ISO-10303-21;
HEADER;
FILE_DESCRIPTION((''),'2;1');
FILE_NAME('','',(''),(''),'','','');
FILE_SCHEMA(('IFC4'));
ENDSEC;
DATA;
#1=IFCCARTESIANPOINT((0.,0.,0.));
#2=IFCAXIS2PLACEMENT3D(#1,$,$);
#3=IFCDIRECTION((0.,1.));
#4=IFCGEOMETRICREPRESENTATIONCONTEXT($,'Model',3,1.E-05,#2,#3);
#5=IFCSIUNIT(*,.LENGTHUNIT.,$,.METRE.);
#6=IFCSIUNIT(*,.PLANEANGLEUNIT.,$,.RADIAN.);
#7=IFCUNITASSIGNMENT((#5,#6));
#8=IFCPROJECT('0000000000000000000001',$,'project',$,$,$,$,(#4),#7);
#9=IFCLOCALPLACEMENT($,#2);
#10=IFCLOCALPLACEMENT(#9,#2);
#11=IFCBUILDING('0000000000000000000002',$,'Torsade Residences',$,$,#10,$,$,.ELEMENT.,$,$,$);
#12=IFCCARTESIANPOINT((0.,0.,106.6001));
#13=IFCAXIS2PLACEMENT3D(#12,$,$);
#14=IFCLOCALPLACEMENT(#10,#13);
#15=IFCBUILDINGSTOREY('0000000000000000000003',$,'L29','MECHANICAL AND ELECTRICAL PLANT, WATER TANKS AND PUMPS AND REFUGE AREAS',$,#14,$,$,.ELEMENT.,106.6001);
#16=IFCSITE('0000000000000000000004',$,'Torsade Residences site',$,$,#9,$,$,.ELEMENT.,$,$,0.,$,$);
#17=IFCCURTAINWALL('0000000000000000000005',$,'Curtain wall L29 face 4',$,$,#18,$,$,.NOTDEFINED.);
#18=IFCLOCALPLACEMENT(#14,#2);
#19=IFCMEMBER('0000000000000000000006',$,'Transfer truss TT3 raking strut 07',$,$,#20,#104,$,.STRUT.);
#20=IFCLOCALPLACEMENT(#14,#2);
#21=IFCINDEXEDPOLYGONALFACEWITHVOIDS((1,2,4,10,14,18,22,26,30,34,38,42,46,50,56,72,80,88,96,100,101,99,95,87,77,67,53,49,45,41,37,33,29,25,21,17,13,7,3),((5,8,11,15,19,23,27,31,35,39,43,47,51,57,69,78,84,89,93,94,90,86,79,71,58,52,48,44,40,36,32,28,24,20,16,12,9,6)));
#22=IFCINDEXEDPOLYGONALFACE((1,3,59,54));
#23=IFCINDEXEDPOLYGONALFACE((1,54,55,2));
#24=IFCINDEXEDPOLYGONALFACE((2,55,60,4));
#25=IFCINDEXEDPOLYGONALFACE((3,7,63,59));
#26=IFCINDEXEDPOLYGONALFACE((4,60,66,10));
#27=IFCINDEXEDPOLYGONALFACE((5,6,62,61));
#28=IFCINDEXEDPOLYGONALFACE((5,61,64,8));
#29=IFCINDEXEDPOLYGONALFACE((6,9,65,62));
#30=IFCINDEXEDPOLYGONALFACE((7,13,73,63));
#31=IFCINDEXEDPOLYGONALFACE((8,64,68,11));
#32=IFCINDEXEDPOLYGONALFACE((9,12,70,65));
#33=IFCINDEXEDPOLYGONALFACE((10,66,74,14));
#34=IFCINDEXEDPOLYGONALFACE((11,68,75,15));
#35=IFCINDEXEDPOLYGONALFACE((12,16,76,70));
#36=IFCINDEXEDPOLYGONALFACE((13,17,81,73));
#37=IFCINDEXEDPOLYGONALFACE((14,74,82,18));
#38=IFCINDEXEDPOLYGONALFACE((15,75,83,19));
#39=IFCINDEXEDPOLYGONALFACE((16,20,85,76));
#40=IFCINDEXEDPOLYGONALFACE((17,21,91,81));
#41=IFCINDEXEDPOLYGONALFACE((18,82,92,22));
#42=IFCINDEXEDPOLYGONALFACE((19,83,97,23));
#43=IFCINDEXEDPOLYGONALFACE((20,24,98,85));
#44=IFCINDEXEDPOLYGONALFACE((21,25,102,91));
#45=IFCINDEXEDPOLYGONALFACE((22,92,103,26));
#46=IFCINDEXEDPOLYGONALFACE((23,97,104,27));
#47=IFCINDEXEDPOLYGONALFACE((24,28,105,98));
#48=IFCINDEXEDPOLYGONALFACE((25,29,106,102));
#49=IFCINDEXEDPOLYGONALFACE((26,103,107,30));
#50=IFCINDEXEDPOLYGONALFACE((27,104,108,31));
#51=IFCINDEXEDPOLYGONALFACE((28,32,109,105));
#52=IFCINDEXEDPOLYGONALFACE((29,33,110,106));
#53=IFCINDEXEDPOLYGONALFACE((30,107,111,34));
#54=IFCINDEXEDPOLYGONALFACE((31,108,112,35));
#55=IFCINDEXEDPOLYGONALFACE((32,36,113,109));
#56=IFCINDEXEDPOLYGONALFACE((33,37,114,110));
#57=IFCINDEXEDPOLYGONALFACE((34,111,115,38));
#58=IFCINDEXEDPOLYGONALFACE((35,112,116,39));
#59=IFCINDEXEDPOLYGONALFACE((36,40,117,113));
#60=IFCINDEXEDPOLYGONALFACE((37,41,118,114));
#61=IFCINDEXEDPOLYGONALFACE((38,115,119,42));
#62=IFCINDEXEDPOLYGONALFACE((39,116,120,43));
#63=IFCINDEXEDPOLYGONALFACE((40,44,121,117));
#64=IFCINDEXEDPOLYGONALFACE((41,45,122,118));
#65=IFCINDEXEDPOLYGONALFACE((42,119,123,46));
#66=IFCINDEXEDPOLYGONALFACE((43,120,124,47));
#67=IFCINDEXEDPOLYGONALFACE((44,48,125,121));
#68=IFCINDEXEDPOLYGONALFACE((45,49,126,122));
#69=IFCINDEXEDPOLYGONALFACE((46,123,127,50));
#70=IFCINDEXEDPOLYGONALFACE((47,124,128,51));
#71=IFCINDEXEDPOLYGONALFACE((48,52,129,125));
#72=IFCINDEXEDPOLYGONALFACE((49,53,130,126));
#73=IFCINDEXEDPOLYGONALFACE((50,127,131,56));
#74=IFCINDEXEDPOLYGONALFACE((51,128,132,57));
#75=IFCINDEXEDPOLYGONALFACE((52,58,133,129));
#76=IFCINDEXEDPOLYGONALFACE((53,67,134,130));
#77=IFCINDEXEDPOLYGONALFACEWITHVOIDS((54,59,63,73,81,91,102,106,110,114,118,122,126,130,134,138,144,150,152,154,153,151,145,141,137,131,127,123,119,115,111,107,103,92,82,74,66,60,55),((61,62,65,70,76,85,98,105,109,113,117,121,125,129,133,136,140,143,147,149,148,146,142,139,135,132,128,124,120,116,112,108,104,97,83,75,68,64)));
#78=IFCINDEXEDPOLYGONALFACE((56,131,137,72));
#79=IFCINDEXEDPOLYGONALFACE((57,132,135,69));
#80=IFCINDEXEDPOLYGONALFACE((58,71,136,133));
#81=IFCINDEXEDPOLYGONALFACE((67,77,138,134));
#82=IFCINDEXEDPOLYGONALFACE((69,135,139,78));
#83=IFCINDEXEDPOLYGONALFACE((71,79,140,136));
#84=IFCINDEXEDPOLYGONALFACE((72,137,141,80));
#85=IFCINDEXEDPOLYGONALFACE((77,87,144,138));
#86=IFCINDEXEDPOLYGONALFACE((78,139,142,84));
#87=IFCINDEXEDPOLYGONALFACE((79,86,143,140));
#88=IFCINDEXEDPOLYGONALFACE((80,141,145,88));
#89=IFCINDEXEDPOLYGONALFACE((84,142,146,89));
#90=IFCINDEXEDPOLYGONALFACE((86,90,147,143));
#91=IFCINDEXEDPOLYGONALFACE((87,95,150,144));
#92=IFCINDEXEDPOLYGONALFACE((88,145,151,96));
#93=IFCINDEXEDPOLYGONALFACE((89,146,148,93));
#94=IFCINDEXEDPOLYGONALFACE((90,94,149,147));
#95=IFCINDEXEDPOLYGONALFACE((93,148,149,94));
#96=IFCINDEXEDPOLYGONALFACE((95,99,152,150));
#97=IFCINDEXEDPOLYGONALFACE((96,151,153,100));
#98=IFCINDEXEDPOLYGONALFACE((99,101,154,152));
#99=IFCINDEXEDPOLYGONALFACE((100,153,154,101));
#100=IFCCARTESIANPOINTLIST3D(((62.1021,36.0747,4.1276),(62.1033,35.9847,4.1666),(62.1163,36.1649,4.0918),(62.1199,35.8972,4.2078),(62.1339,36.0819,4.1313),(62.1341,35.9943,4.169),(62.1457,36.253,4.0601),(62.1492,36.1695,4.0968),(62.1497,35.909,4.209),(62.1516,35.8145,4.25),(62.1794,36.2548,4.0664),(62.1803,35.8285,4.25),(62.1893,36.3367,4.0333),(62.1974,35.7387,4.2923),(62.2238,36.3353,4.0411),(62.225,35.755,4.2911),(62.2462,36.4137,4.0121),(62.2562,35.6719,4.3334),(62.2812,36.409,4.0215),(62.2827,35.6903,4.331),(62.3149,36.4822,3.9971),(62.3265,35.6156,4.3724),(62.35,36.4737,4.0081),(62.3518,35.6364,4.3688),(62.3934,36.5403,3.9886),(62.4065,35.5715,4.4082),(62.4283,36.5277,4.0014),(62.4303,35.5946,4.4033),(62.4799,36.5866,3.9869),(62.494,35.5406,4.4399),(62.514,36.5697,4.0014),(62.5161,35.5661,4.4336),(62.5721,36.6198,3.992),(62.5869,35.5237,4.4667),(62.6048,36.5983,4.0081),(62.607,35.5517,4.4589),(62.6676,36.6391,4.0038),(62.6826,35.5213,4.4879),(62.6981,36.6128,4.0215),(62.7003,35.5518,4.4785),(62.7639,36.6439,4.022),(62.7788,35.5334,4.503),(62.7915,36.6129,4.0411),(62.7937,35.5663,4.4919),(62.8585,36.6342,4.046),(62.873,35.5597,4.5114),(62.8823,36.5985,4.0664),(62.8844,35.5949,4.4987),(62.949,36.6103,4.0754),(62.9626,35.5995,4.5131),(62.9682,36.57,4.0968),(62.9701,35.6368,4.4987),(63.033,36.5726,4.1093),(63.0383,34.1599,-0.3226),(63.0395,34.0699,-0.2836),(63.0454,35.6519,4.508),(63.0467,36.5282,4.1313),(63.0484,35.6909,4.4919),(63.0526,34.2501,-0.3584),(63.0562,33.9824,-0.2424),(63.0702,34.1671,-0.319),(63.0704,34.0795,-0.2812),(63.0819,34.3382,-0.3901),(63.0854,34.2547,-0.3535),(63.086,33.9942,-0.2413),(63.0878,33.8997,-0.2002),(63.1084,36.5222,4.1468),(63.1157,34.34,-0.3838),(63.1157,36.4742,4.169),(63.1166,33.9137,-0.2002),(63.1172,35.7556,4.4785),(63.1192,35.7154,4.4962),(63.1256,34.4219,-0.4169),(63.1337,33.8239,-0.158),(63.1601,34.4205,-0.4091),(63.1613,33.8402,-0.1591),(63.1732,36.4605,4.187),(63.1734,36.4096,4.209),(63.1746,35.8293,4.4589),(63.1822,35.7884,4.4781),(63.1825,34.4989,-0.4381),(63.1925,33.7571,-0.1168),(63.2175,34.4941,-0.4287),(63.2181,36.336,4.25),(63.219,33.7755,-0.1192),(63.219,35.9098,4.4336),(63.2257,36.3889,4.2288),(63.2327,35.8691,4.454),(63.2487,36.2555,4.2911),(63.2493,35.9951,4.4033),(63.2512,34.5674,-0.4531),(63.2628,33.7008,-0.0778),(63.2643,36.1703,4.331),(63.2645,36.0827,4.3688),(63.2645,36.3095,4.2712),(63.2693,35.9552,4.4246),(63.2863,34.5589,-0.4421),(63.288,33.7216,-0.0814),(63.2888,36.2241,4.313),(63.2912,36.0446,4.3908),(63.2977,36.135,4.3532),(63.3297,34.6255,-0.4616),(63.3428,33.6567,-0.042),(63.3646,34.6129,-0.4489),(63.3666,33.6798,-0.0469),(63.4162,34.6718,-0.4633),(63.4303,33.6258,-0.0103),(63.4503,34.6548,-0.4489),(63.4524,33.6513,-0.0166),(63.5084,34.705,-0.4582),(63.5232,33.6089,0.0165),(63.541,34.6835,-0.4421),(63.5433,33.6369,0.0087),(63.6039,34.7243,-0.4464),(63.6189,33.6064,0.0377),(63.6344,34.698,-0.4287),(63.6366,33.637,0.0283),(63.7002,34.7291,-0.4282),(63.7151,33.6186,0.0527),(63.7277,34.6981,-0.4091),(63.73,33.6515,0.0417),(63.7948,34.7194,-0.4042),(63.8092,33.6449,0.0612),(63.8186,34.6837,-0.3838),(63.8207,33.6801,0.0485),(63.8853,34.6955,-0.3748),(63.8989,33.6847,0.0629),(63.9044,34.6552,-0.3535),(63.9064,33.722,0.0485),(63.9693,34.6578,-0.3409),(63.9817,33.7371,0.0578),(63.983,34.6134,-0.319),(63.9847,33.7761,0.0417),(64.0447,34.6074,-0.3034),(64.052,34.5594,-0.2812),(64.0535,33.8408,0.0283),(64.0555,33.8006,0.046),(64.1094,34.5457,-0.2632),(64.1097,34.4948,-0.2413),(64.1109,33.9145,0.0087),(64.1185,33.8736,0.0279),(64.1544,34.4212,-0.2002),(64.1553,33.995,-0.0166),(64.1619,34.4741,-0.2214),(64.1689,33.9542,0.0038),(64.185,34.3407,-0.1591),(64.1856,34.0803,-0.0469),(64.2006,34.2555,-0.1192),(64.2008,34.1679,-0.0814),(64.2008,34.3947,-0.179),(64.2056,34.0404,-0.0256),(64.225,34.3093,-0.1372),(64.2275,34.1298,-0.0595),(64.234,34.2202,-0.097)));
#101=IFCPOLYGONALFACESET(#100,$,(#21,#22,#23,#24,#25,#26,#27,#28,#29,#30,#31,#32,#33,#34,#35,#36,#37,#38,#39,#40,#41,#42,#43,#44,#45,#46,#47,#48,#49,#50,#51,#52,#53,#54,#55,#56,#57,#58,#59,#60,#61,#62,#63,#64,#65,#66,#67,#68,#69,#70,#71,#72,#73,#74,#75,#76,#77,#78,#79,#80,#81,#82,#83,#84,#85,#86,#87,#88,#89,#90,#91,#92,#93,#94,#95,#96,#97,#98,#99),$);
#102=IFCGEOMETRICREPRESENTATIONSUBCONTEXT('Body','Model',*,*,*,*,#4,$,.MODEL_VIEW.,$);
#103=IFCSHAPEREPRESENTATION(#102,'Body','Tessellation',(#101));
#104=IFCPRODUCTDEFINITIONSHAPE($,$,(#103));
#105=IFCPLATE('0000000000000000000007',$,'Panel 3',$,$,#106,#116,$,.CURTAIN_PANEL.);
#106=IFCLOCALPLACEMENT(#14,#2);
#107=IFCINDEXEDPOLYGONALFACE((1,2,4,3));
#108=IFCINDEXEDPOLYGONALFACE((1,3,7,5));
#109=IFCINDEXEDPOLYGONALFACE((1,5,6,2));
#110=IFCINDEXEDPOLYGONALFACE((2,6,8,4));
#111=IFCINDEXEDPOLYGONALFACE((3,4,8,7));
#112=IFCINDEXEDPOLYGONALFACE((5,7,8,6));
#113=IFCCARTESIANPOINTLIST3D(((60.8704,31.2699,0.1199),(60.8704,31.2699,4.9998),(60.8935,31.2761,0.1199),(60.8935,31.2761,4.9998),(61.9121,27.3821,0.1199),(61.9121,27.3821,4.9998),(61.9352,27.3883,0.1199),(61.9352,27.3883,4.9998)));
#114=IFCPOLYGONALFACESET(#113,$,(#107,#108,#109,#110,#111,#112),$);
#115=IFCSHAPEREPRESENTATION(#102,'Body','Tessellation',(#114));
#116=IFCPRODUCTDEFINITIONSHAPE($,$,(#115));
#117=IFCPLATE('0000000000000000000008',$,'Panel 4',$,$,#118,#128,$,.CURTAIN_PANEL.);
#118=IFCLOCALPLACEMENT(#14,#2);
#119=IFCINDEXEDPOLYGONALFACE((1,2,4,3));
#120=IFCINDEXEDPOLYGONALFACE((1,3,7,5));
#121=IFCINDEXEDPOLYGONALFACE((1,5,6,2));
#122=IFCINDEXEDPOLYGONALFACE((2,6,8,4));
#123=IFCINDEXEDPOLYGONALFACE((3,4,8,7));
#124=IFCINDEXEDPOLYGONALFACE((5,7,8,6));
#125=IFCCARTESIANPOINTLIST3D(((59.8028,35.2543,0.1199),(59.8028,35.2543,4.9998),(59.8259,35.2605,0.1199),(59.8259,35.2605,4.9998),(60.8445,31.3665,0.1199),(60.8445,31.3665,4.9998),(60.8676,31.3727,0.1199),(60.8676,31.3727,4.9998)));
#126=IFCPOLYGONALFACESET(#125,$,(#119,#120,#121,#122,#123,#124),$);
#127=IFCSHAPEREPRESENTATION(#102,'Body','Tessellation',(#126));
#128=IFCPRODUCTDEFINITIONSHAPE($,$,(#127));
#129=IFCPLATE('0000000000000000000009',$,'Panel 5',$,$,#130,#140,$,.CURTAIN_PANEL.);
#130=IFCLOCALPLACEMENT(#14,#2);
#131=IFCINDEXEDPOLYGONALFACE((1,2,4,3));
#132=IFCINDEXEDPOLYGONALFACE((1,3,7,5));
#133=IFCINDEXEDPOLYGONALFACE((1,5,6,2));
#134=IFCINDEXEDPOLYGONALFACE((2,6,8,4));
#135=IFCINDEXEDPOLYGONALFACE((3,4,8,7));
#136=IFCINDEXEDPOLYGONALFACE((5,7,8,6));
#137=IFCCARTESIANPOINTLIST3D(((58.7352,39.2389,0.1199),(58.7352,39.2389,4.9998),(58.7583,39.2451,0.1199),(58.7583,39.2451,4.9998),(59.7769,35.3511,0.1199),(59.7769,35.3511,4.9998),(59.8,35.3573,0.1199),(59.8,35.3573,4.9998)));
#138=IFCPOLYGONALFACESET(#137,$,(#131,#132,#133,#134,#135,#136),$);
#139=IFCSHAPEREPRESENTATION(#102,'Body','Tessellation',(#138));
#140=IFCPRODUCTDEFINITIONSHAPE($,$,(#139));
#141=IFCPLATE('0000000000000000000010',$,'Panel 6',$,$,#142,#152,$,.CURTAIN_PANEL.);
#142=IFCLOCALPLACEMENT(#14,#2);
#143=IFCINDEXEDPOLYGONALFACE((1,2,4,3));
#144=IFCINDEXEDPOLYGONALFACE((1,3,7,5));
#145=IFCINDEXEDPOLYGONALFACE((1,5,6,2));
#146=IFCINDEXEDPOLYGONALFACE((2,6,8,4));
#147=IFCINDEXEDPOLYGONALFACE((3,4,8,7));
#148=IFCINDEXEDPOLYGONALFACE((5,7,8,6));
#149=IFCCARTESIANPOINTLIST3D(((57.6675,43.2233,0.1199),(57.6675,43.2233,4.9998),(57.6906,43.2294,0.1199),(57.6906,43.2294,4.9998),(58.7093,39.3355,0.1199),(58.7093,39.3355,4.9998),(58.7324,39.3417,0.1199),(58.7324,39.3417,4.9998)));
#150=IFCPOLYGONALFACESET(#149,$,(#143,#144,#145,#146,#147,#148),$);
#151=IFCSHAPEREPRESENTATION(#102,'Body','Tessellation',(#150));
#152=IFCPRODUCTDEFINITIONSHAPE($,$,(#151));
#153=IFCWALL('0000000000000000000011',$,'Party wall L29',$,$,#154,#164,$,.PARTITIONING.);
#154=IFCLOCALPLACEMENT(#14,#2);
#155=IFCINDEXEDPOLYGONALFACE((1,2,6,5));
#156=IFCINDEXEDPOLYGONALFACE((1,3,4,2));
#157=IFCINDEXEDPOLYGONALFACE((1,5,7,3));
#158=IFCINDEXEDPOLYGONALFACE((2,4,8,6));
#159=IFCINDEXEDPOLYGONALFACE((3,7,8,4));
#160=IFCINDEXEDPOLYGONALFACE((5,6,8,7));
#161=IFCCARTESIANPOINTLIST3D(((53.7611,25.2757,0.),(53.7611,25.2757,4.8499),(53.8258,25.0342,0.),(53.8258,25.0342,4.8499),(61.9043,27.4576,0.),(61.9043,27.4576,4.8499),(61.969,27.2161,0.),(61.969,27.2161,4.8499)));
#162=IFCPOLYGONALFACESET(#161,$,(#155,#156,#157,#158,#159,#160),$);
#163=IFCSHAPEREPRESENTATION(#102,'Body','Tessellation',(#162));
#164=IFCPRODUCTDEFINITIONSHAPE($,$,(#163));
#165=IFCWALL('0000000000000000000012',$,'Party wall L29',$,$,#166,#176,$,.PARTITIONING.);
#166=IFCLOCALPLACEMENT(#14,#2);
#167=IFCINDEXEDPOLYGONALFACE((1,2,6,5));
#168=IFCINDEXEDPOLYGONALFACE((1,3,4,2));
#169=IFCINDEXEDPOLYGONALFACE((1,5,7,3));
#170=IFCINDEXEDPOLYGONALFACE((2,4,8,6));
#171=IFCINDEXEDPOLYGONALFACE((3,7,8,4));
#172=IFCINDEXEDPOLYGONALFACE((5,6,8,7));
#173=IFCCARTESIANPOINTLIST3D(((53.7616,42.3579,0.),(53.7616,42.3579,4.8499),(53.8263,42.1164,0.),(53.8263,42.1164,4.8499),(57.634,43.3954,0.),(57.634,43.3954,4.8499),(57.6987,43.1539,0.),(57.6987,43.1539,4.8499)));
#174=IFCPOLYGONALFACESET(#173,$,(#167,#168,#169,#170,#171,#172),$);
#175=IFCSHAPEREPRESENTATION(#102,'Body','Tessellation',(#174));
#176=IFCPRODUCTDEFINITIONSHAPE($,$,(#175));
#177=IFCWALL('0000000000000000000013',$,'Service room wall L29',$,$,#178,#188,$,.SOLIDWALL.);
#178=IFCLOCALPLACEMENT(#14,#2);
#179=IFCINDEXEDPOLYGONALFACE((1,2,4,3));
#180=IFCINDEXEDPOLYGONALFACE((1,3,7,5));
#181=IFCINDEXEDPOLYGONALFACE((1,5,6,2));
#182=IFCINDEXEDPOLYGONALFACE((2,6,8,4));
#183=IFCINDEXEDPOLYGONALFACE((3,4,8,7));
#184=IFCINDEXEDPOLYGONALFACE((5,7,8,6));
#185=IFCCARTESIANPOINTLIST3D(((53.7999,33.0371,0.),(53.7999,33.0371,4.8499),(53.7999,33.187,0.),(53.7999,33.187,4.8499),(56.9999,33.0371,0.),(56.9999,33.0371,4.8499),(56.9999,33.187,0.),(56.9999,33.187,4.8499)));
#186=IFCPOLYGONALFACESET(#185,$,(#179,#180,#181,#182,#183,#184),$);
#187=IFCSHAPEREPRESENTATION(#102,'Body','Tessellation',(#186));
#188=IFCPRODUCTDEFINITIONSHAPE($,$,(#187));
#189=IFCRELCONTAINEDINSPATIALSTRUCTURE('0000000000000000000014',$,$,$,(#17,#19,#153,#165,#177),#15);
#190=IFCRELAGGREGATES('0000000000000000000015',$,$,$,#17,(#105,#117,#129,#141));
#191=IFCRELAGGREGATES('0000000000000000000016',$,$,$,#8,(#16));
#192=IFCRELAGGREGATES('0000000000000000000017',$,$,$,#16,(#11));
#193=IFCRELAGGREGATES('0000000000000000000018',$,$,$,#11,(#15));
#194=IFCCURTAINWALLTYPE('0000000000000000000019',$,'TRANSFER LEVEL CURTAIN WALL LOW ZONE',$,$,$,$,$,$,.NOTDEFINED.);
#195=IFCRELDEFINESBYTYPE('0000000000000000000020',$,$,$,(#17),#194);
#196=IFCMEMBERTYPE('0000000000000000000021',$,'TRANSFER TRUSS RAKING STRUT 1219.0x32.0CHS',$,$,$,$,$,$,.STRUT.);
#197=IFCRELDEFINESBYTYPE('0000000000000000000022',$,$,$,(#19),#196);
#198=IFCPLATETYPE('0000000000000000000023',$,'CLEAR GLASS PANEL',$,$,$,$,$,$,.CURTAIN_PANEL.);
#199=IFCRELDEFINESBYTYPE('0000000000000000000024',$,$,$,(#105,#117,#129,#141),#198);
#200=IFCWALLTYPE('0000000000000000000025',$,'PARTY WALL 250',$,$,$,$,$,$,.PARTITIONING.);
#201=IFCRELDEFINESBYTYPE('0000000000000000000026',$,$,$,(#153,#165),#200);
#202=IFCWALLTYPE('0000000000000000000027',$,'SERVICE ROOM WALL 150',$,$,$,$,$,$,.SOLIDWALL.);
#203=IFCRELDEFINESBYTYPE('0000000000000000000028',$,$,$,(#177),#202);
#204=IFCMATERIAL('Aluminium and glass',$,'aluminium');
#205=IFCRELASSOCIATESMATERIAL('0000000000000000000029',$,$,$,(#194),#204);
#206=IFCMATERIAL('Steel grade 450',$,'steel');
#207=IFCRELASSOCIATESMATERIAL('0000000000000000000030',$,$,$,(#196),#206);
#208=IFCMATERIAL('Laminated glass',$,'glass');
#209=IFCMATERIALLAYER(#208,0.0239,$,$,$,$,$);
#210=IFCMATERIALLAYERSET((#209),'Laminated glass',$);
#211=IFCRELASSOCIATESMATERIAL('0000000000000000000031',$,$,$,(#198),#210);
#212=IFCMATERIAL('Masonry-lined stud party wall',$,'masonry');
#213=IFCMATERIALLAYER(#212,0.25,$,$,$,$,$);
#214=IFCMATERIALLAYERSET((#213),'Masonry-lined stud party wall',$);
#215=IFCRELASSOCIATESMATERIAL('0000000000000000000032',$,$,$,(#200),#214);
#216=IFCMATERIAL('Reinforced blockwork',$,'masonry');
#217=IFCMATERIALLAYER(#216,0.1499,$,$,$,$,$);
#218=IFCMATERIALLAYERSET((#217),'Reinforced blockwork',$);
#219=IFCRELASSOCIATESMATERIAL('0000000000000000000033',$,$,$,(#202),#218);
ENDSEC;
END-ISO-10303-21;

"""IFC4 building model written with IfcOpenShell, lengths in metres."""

from ifc_helpers import new_model, si_unit, direction, frame, frame_2d, origin, origin_2d, place, context, subcontext, project, spatial, rectangle, hollow_circle, extrude, material, layer, layer_set, material_profile, profile_set, type_object, element, aggregate, save


model = new_model("IFC4")

# Units and contexts
model_context = context("Model", 3, precision=1e-05, world=origin(), true_north=direction((0.0, 1.0)))
body_context = subcontext(model_context, "Body", "Model", "MODEL_VIEW")
ifc_project = project(units=[si_unit("LENGTHUNIT", "METRE"), si_unit("PLANEANGLEUNIT", "RADIAN")], contexts=[model_context])

# Site, building, storey
site_placement = place(None, origin())
site = spatial("IfcSite", under=ifc_project, at=site_placement, Name="Torsade Residences site", CompositionType="ELEMENT", RefElevation=0.0)
building_placement = place(site_placement, origin())
building = spatial("IfcBuilding", under=site, at=building_placement, Name="Torsade Residences", CompositionType="ELEMENT")
storey_placement = place(building_placement, frame((0.0, 0.0, 106.6001)))
storey = spatial("IfcBuildingStorey", under=building, at=storey_placement, Name="L29", Description="MECHANICAL AND ELECTRICAL PLANT, WATER TANKS AND PUMPS AND REFUGE AREAS", CompositionType="ELEMENT", Elevation=106.6001)

# Curtain wall
ifc_material_1 = material(Name="Aluminium and glass", Category="aluminium")
curtain_wall_type = type_object("IfcCurtainWallType", Name="TRANSFER LEVEL CURTAIN WALL LOW ZONE", PredefinedType="NOTDEFINED", material=ifc_material_1)
curtain_wall_placement = place(storey_placement, origin())
curtain_wall = element("IfcCurtainWall", 1, at=curtain_wall_placement, inside=storey, type_object=curtain_wall_type, Name="Curtain wall L29 face 4", PredefinedType="NOTDEFINED")

# Member
ifc_material_2 = material(Name="Steel grade 450", Category="steel")
ifc_material_profile_1 = material_profile(ifc_material_2, hollow_circle(Radius=0.6096, WallThickness=0.032, at=origin_2d()), Name="1219.0x32.0CHS")
ifc_profile_set_1 = profile_set([ifc_material_profile_1], Name="Steel grade 450")
member_type_1 = type_object("IfcMemberType", Name="TRANSFER TRUSS RAKING STRUT 1219.0x32.0CHS", PredefinedType="STRUT", material=ifc_profile_set_1)
member_1_placement = place(storey_placement, frame((63.6355, 34.1675, -0.2002), z_axis=(-0.189749, 0.388058, 0.90189), x_axis=(-0.898355, -0.43927, 0.0)))
element("IfcMember", 2, at=member_1_placement, inside=storey, type_object=member_type_1, Name="Transfer truss TT3 raking strut 07", PredefinedType="STRUT", context=body_context, shape_type="SweptSolid", body=[
    extrude(hollow_circle(Radius=0.6096, WallThickness=0.032, at=origin_2d()), origin(), (0.0, 0.0, 1.0), 4.9343),
])

# Plates
ifc_material_3 = material(Name="Laminated glass", Category="glass")
ifc_layer_1 = layer(ifc_material_3, 0.0239)
ifc_layer_set_1 = layer_set([ifc_layer_1], Name="Laminated glass")
plate_type = type_object("IfcPlateType", Name="CLEAR GLASS PANEL", PredefinedType="CURTAIN_PANEL", material=ifc_layer_set_1)
plate_1_placement = place(storey_placement, frame((61.4028, 29.3291, 0.1199), z_axis=(0.0, 0.0, 1.0), x_axis=(-0.258819, 0.965926, 0.0)))
plate_1 = element("IfcPlate", 3, at=plate_1_placement, type_object=plate_type, Name="Panel 3", PredefinedType="CURTAIN_PANEL", context=body_context, shape_type="SweptSolid", body=[
    extrude(rectangle(XDim=4.0249, YDim=0.0239, at=origin_2d()), origin(), (0.0, 0.0, 1.0), 4.8799),
])
plate_2_placement = place(storey_placement, frame((60.3352, 33.3135, 0.1199), z_axis=(0.0, 0.0, 1.0), x_axis=(-0.258819, 0.965926, 0.0)))
plate_2 = element("IfcPlate", 4, at=plate_2_placement, type_object=plate_type, Name="Panel 4", PredefinedType="CURTAIN_PANEL", context=body_context, shape_type="SweptSolid", body=[
    extrude(rectangle(XDim=4.0249, YDim=0.0239, at=origin_2d()), origin(), (0.0, 0.0, 1.0), 4.8799),
])
plate_3_placement = place(storey_placement, frame((59.2676, 37.2981, 0.1199), z_axis=(0.0, 0.0, 1.0), x_axis=(-0.258819, 0.965926, 0.0)))
plate_3 = element("IfcPlate", 5, at=plate_3_placement, type_object=plate_type, Name="Panel 5", PredefinedType="CURTAIN_PANEL", context=body_context, shape_type="SweptSolid", body=[
    extrude(rectangle(XDim=4.0249, YDim=0.0239, at=origin_2d()), origin(), (0.0, 0.0, 1.0), 4.8799),
])
plate_4_placement = place(storey_placement, frame((58.2, 41.2825, 0.1199), z_axis=(0.0, 0.0, 1.0), x_axis=(-0.258819, 0.965926, 0.0)))
plate_4 = element("IfcPlate", 6, at=plate_4_placement, type_object=plate_type, Name="Panel 6", PredefinedType="CURTAIN_PANEL", context=body_context, shape_type="SweptSolid", body=[
    extrude(rectangle(XDim=4.0249, YDim=0.0239, at=origin_2d()), origin(), (0.0, 0.0, 1.0), 4.8799),
])
aggregate(curtain_wall, [plate_1, plate_2, plate_3, plate_4])

# Walls
ifc_material_4 = material(Name="Masonry-lined stud party wall", Category="masonry")
ifc_layer_2 = layer(ifc_material_4, 0.25)
ifc_layer_set_2 = layer_set([ifc_layer_2], Name="Masonry-lined stud party wall")
wall_type_1 = type_object("IfcWallType", Name="PARTY WALL 250", PredefinedType="PARTITIONING", material=ifc_layer_set_2)
wall_1_placement = place(storey_placement, frame((61.9368, 27.3369, 0.0), z_axis=(0.0, 0.0, 1.0), x_axis=(-0.965927, -0.258814, 0.0)))
element("IfcWall", 7, at=wall_1_placement, inside=storey, type_object=wall_type_1, Name="Party wall L29", PredefinedType="PARTITIONING", context=body_context, shape_type="SweptSolid", body=[
    extrude(rectangle(XDim=8.4304, YDim=0.25, at=frame_2d((4.2153, 0.0))), origin(), (0.0, 0.0, 1.0), 4.8499),
])
wall_2_placement = place(storey_placement, frame((57.6663, 43.2747, 0.0), z_axis=(0.0, 0.0, 1.0), x_axis=(-0.965929, -0.258807, 0.0)))
element("IfcWall", 8, at=wall_2_placement, inside=storey, type_object=wall_type_1, Name="Party wall L29", PredefinedType="PARTITIONING", context=body_context, shape_type="SweptSolid", body=[
    extrude(rectangle(XDim=4.009, YDim=0.25, at=frame_2d((2.0044, 0.0))), origin(), (0.0, 0.0, 1.0), 4.8499),
])
ifc_material_5 = material(Name="Reinforced blockwork", Category="masonry")
ifc_layer_3 = layer(ifc_material_5, 0.1499)
ifc_layer_set_3 = layer_set([ifc_layer_3], Name="Reinforced blockwork")
wall_type_2 = type_object("IfcWallType", Name="SERVICE ROOM WALL 150", PredefinedType="SOLIDWALL", material=ifc_layer_set_3)
wall_3_placement = place(storey_placement, frame((57.0, 33.1121, 0.0), z_axis=(0.0, 0.0, 1.0), x_axis=(-1.0, 0.0, 0.0)))
element("IfcWall", 9, at=wall_3_placement, inside=storey, type_object=wall_type_2, Name="Service room wall L29", PredefinedType="SOLIDWALL", context=body_context, shape_type="SweptSolid", body=[
    extrude(rectangle(XDim=3.2, YDim=0.1499, at=frame_2d((1.6001, 0.0))), origin(), (0.0, 0.0, 1.0), 4.8499),
])

save(model, "model.ifc")
